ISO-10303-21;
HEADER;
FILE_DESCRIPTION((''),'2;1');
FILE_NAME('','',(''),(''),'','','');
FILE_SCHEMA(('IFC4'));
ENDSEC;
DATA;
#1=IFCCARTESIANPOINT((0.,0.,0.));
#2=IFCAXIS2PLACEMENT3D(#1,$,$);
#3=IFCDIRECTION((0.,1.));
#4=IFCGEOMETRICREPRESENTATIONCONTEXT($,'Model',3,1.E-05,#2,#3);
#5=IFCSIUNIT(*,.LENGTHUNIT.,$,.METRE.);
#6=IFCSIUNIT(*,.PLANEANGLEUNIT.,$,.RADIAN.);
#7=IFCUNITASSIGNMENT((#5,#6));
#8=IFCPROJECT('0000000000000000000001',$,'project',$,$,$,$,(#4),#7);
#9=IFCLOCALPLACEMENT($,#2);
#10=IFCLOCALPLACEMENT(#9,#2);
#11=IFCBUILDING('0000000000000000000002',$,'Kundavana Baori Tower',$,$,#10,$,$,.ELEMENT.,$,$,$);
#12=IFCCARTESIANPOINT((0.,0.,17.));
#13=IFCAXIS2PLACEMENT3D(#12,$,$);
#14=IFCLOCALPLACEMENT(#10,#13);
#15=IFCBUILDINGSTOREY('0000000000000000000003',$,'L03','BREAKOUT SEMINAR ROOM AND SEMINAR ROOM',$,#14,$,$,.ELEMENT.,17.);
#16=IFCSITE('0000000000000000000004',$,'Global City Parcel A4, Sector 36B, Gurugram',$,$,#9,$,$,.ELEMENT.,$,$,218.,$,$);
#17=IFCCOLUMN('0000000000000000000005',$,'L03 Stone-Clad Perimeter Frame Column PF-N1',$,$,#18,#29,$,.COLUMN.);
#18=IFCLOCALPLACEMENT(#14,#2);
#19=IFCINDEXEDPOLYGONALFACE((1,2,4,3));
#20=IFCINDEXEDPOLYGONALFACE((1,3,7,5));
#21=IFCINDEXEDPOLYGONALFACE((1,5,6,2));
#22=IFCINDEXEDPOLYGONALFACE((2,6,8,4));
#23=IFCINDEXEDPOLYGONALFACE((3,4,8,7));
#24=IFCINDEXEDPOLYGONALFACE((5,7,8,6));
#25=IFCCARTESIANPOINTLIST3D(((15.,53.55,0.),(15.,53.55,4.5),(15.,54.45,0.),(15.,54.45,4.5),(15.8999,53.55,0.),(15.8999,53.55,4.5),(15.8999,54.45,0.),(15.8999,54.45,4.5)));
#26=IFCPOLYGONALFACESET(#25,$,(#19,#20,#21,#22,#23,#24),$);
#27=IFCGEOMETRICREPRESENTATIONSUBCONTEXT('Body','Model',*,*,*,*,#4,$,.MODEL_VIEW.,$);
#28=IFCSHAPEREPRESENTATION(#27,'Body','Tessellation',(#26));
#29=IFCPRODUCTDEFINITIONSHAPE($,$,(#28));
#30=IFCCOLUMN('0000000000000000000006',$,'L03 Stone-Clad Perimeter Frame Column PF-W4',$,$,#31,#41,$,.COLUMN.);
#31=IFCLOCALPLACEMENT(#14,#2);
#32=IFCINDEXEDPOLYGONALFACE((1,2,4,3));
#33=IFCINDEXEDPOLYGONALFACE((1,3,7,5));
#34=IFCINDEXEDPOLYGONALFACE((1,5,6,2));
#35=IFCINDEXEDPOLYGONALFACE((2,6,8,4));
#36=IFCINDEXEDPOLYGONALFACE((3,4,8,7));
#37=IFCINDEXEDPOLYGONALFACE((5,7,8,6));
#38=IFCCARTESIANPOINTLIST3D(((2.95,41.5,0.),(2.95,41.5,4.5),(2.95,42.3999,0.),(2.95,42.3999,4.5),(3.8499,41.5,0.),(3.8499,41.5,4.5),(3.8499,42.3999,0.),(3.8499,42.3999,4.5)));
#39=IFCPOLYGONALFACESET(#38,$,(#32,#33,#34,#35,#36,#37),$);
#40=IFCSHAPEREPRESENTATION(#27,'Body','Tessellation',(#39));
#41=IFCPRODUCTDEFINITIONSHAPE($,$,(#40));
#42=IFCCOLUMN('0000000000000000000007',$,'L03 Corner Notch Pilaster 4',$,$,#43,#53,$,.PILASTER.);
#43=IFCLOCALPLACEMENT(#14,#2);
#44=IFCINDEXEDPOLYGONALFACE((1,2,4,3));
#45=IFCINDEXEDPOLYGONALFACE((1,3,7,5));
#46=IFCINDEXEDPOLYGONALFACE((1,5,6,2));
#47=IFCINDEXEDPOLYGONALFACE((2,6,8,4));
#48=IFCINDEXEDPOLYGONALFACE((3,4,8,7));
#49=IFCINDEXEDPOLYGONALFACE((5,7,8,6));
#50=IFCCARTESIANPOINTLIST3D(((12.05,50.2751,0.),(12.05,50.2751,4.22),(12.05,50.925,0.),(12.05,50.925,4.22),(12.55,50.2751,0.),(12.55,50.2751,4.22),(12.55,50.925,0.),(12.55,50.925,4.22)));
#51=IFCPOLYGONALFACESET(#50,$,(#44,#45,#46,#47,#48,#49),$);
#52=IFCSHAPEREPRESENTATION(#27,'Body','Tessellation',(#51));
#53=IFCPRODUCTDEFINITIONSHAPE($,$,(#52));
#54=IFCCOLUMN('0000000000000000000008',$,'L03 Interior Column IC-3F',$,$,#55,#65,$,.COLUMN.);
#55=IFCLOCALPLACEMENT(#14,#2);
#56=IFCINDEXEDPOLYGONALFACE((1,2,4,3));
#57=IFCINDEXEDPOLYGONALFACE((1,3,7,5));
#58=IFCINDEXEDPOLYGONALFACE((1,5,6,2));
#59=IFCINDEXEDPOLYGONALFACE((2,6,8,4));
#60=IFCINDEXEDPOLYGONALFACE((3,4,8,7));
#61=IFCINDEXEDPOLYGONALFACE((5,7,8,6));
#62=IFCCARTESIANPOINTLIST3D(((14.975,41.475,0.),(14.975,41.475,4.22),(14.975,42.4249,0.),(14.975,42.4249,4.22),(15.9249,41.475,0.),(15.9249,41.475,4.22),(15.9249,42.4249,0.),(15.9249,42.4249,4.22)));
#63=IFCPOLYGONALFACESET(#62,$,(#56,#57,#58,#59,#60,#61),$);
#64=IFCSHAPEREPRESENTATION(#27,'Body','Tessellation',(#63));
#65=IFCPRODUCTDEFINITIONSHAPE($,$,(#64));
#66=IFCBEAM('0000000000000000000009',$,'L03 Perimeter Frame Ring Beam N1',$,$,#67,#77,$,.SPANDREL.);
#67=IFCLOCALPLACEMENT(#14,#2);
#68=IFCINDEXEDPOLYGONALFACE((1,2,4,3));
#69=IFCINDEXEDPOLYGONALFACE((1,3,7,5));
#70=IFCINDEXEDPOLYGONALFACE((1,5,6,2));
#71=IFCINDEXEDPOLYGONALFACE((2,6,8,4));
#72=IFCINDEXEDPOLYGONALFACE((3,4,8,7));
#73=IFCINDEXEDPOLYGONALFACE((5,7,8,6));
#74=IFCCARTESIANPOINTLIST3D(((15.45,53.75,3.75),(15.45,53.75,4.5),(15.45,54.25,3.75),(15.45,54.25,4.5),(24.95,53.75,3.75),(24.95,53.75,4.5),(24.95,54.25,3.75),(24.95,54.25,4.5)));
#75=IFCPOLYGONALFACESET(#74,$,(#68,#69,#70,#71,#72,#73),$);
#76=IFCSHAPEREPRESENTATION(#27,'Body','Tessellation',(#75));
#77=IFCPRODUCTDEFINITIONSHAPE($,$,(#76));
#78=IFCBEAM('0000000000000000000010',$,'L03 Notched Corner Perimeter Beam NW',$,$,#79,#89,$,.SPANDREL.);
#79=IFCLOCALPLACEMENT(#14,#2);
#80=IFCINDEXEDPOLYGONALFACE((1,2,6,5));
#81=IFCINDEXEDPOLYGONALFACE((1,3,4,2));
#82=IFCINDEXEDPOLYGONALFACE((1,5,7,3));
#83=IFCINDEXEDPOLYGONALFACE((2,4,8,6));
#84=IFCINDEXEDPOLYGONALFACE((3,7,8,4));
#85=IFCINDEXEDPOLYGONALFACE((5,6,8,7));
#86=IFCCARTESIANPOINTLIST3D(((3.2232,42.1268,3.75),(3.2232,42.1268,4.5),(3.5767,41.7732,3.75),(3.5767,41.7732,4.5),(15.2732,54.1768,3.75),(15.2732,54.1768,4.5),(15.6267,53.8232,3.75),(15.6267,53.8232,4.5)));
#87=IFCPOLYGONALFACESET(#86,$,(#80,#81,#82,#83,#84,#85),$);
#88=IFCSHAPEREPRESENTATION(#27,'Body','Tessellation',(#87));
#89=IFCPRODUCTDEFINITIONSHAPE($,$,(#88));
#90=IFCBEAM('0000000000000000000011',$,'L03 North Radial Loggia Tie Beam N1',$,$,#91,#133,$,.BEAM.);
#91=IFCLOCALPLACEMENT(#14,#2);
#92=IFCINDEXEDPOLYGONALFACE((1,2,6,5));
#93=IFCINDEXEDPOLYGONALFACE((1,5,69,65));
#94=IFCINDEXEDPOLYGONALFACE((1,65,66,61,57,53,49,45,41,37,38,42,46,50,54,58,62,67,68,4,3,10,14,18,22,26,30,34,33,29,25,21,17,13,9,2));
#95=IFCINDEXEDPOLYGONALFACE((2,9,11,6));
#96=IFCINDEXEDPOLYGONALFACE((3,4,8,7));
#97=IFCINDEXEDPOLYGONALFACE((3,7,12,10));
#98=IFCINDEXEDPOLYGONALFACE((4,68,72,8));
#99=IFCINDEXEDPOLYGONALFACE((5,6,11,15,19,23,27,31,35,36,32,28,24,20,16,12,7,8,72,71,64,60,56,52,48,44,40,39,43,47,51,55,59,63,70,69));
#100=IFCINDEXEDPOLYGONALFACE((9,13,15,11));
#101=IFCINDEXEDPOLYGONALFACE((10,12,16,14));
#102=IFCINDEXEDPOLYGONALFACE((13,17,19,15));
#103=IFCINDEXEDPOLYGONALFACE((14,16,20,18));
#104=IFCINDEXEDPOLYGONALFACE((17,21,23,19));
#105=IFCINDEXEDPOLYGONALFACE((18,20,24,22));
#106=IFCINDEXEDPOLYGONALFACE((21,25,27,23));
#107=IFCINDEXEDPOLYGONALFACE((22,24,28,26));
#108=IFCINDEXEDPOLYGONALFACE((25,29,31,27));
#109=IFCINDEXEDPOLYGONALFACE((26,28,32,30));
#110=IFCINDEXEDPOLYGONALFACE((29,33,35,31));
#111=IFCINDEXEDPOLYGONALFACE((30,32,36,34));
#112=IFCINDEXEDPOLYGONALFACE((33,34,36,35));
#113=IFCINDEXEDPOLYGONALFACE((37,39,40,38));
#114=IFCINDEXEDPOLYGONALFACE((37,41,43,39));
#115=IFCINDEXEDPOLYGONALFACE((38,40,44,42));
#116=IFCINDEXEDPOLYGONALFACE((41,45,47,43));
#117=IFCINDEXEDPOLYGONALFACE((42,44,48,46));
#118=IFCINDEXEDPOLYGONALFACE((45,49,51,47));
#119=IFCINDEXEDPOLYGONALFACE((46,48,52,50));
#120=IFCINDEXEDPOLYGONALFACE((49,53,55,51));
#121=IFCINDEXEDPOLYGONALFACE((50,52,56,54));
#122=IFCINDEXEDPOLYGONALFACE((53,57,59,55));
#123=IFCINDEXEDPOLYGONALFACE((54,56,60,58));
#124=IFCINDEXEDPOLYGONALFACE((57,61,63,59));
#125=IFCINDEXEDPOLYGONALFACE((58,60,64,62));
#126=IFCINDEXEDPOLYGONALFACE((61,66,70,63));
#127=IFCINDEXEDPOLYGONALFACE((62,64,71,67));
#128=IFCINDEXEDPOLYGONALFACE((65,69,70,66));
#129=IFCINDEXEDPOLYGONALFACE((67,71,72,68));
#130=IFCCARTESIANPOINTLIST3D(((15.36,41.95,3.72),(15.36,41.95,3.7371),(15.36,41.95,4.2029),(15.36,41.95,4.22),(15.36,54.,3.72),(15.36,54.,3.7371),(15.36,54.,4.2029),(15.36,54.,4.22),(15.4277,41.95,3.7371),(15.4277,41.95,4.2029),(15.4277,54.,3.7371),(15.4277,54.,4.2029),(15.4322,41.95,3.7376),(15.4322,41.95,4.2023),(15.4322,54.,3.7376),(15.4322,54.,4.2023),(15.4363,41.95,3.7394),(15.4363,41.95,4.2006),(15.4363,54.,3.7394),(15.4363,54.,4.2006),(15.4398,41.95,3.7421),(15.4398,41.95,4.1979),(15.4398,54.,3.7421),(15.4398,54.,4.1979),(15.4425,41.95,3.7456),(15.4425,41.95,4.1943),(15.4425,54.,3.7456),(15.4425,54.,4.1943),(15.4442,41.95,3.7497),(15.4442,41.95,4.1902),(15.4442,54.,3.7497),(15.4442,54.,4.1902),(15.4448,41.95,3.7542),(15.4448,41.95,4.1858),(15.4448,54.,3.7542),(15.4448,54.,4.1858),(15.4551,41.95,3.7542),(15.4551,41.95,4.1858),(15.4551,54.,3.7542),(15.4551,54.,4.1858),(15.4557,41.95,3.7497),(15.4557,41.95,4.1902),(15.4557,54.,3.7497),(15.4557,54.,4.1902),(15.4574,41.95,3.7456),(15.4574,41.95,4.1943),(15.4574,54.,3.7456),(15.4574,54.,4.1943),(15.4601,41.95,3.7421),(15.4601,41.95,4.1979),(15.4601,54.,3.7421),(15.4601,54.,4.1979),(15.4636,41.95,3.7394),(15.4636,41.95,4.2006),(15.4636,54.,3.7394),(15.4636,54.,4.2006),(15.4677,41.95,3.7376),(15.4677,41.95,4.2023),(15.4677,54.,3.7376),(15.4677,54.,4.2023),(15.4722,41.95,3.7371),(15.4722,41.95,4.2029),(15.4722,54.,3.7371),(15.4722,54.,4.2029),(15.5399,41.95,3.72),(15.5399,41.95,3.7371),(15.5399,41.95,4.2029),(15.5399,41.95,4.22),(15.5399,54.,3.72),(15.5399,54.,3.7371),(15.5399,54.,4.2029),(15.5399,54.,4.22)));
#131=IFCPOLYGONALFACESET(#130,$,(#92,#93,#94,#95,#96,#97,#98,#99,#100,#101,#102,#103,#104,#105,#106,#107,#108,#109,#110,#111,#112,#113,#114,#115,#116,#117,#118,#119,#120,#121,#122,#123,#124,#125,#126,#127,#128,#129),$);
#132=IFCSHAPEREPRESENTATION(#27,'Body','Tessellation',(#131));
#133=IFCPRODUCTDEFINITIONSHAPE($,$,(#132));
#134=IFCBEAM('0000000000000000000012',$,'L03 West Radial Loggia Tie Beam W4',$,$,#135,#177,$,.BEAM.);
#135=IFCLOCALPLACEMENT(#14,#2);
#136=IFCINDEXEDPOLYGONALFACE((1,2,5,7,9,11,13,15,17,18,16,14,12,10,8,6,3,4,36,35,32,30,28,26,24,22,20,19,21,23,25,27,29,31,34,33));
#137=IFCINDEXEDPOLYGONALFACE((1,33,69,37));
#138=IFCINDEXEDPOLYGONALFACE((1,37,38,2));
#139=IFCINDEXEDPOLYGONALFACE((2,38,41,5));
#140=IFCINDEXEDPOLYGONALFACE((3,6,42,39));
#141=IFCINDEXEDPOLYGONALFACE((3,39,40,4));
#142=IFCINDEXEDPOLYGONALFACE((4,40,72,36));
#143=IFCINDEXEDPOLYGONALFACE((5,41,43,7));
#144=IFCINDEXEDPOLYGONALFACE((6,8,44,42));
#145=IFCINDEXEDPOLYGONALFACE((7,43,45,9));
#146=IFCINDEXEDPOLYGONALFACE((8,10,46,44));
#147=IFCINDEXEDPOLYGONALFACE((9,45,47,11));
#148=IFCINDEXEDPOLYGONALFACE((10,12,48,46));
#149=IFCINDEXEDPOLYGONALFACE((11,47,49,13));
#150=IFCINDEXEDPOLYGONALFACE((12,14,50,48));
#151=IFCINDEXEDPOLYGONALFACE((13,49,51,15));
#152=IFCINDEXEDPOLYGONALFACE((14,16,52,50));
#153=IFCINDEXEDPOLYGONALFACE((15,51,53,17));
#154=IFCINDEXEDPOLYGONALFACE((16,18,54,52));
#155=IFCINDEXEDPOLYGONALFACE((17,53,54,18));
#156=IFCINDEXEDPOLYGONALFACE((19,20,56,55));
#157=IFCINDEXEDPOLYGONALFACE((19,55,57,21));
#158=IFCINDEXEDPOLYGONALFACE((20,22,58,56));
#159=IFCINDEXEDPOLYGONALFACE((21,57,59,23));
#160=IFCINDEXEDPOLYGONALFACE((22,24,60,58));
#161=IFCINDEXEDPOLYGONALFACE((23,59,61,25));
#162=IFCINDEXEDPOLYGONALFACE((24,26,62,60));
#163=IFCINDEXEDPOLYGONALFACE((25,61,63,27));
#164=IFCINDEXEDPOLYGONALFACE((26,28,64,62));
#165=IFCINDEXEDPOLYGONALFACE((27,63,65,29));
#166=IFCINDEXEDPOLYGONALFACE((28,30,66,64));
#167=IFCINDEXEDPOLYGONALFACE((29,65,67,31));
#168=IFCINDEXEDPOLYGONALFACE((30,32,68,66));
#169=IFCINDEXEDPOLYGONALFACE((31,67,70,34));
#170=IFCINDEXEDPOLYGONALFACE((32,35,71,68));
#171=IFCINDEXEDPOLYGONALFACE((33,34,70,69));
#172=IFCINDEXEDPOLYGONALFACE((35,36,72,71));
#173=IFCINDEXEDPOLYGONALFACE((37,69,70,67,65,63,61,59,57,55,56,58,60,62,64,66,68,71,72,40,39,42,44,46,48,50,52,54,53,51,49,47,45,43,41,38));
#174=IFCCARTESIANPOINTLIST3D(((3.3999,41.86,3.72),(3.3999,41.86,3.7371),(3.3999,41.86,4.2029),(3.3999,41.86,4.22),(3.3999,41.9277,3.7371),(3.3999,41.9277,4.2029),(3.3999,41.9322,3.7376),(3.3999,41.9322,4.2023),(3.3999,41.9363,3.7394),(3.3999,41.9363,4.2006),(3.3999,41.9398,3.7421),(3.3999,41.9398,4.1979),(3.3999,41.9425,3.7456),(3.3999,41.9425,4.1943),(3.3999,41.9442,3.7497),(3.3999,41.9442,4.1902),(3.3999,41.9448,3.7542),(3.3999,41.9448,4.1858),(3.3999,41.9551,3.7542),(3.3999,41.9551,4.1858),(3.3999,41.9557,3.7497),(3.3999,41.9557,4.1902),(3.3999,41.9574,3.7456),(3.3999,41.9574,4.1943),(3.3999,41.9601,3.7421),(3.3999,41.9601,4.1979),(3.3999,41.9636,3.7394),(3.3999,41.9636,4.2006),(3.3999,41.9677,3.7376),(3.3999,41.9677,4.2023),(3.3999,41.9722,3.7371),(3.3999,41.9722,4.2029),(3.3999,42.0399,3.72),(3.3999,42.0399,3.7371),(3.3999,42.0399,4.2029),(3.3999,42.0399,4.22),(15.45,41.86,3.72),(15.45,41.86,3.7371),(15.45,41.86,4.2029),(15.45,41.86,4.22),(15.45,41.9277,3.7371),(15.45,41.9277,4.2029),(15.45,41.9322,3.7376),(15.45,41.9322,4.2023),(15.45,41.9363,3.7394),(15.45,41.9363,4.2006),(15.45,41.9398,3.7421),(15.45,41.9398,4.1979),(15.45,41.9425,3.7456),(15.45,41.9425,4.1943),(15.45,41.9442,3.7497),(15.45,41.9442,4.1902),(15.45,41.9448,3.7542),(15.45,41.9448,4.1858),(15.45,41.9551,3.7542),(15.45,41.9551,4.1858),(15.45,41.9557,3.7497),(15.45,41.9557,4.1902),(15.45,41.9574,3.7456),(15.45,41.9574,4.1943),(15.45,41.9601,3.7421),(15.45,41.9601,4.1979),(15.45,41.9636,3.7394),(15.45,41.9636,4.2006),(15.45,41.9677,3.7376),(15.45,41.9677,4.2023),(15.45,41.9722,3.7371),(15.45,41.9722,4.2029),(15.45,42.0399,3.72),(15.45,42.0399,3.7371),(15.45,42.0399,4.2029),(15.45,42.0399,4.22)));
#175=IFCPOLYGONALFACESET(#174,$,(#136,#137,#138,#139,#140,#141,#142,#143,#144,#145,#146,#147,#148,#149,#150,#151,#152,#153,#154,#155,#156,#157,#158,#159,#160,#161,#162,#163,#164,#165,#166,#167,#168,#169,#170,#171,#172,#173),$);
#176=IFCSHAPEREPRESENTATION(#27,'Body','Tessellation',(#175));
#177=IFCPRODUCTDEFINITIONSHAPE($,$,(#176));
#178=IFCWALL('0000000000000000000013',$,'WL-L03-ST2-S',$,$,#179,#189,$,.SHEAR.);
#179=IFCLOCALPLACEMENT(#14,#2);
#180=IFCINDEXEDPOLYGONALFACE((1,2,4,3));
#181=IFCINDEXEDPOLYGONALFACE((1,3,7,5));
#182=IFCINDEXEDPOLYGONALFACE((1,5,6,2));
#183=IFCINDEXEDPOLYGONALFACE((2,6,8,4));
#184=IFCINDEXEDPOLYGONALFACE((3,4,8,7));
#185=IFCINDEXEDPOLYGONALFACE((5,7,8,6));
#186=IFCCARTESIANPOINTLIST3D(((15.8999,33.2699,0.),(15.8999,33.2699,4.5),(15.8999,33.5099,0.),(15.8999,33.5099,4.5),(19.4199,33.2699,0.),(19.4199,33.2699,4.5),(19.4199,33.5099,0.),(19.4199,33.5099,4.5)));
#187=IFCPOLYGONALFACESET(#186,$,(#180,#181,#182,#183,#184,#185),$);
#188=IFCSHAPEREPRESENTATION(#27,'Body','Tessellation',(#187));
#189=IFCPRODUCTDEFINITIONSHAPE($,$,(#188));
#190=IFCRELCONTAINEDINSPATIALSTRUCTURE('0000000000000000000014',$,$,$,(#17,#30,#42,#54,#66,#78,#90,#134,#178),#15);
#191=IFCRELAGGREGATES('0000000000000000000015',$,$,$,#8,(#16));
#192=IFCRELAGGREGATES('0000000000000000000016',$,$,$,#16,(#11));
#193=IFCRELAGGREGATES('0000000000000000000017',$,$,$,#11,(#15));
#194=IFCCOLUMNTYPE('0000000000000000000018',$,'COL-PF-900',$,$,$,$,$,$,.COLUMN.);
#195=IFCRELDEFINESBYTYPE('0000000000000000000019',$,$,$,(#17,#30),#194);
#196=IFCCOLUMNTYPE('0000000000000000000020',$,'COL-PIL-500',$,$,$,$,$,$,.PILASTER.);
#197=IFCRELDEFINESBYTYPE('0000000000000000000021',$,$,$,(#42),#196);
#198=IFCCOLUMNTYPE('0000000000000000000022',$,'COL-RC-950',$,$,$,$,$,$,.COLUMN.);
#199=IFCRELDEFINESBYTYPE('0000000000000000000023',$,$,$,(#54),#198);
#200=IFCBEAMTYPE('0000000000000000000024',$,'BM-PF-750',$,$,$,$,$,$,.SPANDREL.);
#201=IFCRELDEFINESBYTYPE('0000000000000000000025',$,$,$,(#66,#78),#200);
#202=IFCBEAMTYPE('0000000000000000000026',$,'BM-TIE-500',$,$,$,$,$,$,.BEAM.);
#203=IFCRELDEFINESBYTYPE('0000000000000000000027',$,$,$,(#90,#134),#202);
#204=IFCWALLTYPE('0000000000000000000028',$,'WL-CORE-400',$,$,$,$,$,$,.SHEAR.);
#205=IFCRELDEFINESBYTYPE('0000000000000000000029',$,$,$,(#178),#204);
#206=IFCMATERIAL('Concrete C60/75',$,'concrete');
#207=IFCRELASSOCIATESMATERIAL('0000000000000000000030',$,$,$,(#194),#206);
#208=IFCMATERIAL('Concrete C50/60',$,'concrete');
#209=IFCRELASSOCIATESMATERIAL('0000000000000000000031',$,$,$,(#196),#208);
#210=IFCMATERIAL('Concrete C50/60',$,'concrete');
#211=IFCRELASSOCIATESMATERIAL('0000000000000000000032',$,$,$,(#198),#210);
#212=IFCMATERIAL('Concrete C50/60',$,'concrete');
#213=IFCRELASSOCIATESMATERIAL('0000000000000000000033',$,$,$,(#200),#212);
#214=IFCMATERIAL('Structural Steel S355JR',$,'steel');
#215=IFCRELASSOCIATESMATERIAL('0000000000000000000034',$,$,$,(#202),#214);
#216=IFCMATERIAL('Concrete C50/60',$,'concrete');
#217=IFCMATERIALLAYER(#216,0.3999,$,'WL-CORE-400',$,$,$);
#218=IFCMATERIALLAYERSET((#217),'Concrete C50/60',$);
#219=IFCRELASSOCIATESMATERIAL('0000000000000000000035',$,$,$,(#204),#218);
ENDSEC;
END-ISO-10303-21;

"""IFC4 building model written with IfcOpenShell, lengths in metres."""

from ifc_helpers import new_model, si_unit, direction, frame, frame_2d, origin, origin_2d, place, context, subcontext, project, spatial, rectangle, i_section, extrude, material, layer, layer_set, material_profile, profile_set, type_object, element, save


model = new_model("IFC4")

# Units and contexts
model_context = context("Model", 3, precision=1e-05, world=origin(), true_north=direction((0.0, 1.0)))
body_context = subcontext(model_context, "Body", "Model", "MODEL_VIEW")
ifc_project = project(units=[si_unit("LENGTHUNIT", "METRE"), si_unit("PLANEANGLEUNIT", "RADIAN")], contexts=[model_context])

# Site, building, storey
site_placement = place(None, origin())
site = spatial("IfcSite", under=ifc_project, at=site_placement, Name="Global City Parcel A4, Sector 36B, Gurugram", CompositionType="ELEMENT", RefElevation=218.0)
building_placement = place(site_placement, origin())
building = spatial("IfcBuilding", under=site, at=building_placement, Name="Kundavana Baori Tower", CompositionType="ELEMENT")
storey_placement = place(building_placement, frame((0.0, 0.0, 17.0)))
storey = spatial("IfcBuildingStorey", under=building, at=storey_placement, Name="L03", Description="BREAKOUT SEMINAR ROOM AND SEMINAR ROOM", CompositionType="ELEMENT", Elevation=17.0)

# Columns
ifc_material_1 = material(Name="Concrete C60/75", Category="concrete")
ifc_material_profile_1 = material_profile(ifc_material_1, rectangle(XDim=0.8999, YDim=0.8999, at=origin_2d()), Name="RC PF 900x900")
ifc_profile_set_1 = profile_set([ifc_material_profile_1], Name="Concrete C60/75")
column_type_1 = type_object("IfcColumnType", Name="COL-PF-900", PredefinedType="COLUMN", material=ifc_profile_set_1)
for number, where, z_axis, x_axis, name in (
    (1, (15.45, 54.0, 0.0), (0.0, 0.0, 1.0), (1.0, 0.0, 0.0), "L03 Stone-Clad Perimeter Frame Column PF-N1"),
    (2, (3.3999, 41.95, 0.0), (0.0, 0.0, 1.0), (1.0, 0.0, 0.0), "L03 Stone-Clad Perimeter Frame Column PF-W4"),
):
    element("IfcColumn", number, at=place(storey_placement, frame(where, z_axis=z_axis, x_axis=x_axis)), inside=storey, type_object=column_type_1, Name=name, PredefinedType="COLUMN", context=body_context, shape_type="SweptSolid", body=[
        extrude(rectangle(XDim=0.8999, YDim=0.8999, at=origin_2d()), origin(), (0.0, 0.0, 1.0), 4.5),
    ])
ifc_material_2 = material(Name="Concrete C50/60", Category="concrete")
ifc_material_profile_2 = material_profile(ifc_material_2, rectangle(XDim=0.5, YDim=0.6499, at=origin_2d()), Name="RC PIL 500x650")
ifc_profile_set_2 = profile_set([ifc_material_profile_2], Name="Concrete C50/60")
column_type_2 = type_object("IfcColumnType", Name="COL-PIL-500", PredefinedType="PILASTER", material=ifc_profile_set_2)
column_1_placement = place(storey_placement, frame((12.3, 50.6001, 0.0), z_axis=(0.0, 0.0, 1.0), x_axis=(1.0, 0.0, 0.0)))
element("IfcColumn", 3, at=column_1_placement, inside=storey, type_object=column_type_2, Name="L03 Corner Notch Pilaster 4", PredefinedType="PILASTER", context=body_context, shape_type="SweptSolid", body=[
    extrude(rectangle(XDim=0.5, YDim=0.6499, at=origin_2d()), origin(), (0.0, 0.0, 1.0), 4.22),
])
ifc_material_3 = material(Name="Concrete C50/60", Category="concrete")
ifc_material_profile_3 = material_profile(ifc_material_3, rectangle(XDim=0.95, YDim=0.95, at=origin_2d()), Name="RC 950x950")
ifc_profile_set_3 = profile_set([ifc_material_profile_3], Name="Concrete C50/60")
column_type_3 = type_object("IfcColumnType", Name="COL-RC-950", PredefinedType="COLUMN", material=ifc_profile_set_3)
column_2_placement = place(storey_placement, frame((15.45, 41.95, 0.0), z_axis=(0.0, 0.0, 1.0), x_axis=(1.0, 0.0, 0.0)))
element("IfcColumn", 4, at=column_2_placement, inside=storey, type_object=column_type_3, Name="L03 Interior Column IC-3F", PredefinedType="COLUMN", context=body_context, shape_type="SweptSolid", body=[
    extrude(rectangle(XDim=0.95, YDim=0.95, at=origin_2d()), origin(), (0.0, 0.0, 1.0), 4.22),
])

# Beams
ifc_material_4 = material(Name="Concrete C50/60", Category="concrete")
ifc_material_profile_4 = material_profile(ifc_material_4, rectangle(XDim=0.5, YDim=0.75, at=origin_2d()), Name="RC BM 500x750")
ifc_profile_set_4 = profile_set([ifc_material_profile_4], Name="Concrete C50/60")
beam_type_1 = type_object("IfcBeamType", Name="BM-PF-750", PredefinedType="SPANDREL", material=ifc_profile_set_4)
beam_1_placement = place(storey_placement, frame((15.45, 54.0, 4.125), z_axis=(1.0, 0.0, 0.0), x_axis=(0.0, 1.0, 0.0)))
element("IfcBeam", 5, at=beam_1_placement, inside=storey, type_object=beam_type_1, Name="L03 Perimeter Frame Ring Beam N1", PredefinedType="SPANDREL", context=body_context, shape_type="SweptSolid", body=[
    extrude(rectangle(XDim=0.5, YDim=0.75, at=origin_2d()), origin(), (0.0, 0.0, 1.0), 9.5),
])
beam_2_placement = place(storey_placement, frame((15.45, 54.0, 4.125), z_axis=(-0.707107, -0.707107, 0.0), x_axis=(0.707107, -0.707107, 0.0)))
element("IfcBeam", 6, at=beam_2_placement, inside=storey, type_object=beam_type_1, Name="L03 Notched Corner Perimeter Beam NW", PredefinedType="SPANDREL", context=body_context, shape_type="SweptSolid", body=[
    extrude(rectangle(XDim=0.5, YDim=0.75, at=origin_2d()), origin(), (0.0, 0.0, 1.0), 17.0413),
])
ifc_material_5 = material(Name="Structural Steel S355JR", Category="steel")
ifc_material_profile_5 = material_profile(ifc_material_5, i_section(OverallWidth=0.1799, OverallDepth=0.5, WebThickness=0.0103, FlangeThickness=0.0171, FilletRadius=0.0171, at=origin_2d()), Name="ISMB 500")
ifc_profile_set_5 = profile_set([ifc_material_profile_5], Name="Structural Steel S355JR")
beam_type_2 = type_object("IfcBeamType", Name="BM-TIE-500", PredefinedType="BEAM", material=ifc_profile_set_5)
for number, where, z_axis, x_axis, name in (
    (7, (15.45, 41.95, 3.97), (0.0, 1.0, 0.0), (-1.0, 0.0, 0.0), "L03 North Radial Loggia Tie Beam N1"),
    (8, (15.45, 41.95, 3.97), (-1.0, 0.0, 0.0), (0.0, -1.0, 0.0), "L03 West Radial Loggia Tie Beam W4"),
):
    element("IfcBeam", number, at=place(storey_placement, frame(where, z_axis=z_axis, x_axis=x_axis)), inside=storey, type_object=beam_type_2, Name=name, PredefinedType="BEAM", context=body_context, shape_type="SweptSolid", body=[
        extrude(i_section(OverallWidth=0.1799, OverallDepth=0.5, WebThickness=0.0103, FlangeThickness=0.0171, FilletRadius=0.0171, at=origin_2d()), origin(), (0.0, 0.0, 1.0), 12.05),
    ])

# Wall
ifc_material_6 = material(Name="Concrete C50/60", Category="concrete")
ifc_layer_1 = layer(ifc_material_6, 0.3999, Name="WL-CORE-400")
ifc_layer_set_1 = layer_set([ifc_layer_1], Name="Concrete C50/60")
wall_type_1 = type_object("IfcWallType", Name="WL-CORE-400", PredefinedType="SHEAR", material=ifc_layer_set_1)
wall_1_placement = place(storey_placement, frame((15.8999, 33.3899, 0.0), z_axis=(0.0, 0.0, 1.0), x_axis=(1.0, 0.0, 0.0)))
element("IfcWall", 9, at=wall_1_placement, inside=storey, type_object=wall_type_1, Name="WL-L03-ST2-S", PredefinedType="SHEAR", context=body_context, shape_type="SweptSolid", body=[
    extrude(rectangle(XDim=3.52, YDim=0.24, at=frame_2d((1.76, 0.0))), origin(), (0.0, 0.0, 1.0), 4.5),
])

save(model, "model.ifc")
